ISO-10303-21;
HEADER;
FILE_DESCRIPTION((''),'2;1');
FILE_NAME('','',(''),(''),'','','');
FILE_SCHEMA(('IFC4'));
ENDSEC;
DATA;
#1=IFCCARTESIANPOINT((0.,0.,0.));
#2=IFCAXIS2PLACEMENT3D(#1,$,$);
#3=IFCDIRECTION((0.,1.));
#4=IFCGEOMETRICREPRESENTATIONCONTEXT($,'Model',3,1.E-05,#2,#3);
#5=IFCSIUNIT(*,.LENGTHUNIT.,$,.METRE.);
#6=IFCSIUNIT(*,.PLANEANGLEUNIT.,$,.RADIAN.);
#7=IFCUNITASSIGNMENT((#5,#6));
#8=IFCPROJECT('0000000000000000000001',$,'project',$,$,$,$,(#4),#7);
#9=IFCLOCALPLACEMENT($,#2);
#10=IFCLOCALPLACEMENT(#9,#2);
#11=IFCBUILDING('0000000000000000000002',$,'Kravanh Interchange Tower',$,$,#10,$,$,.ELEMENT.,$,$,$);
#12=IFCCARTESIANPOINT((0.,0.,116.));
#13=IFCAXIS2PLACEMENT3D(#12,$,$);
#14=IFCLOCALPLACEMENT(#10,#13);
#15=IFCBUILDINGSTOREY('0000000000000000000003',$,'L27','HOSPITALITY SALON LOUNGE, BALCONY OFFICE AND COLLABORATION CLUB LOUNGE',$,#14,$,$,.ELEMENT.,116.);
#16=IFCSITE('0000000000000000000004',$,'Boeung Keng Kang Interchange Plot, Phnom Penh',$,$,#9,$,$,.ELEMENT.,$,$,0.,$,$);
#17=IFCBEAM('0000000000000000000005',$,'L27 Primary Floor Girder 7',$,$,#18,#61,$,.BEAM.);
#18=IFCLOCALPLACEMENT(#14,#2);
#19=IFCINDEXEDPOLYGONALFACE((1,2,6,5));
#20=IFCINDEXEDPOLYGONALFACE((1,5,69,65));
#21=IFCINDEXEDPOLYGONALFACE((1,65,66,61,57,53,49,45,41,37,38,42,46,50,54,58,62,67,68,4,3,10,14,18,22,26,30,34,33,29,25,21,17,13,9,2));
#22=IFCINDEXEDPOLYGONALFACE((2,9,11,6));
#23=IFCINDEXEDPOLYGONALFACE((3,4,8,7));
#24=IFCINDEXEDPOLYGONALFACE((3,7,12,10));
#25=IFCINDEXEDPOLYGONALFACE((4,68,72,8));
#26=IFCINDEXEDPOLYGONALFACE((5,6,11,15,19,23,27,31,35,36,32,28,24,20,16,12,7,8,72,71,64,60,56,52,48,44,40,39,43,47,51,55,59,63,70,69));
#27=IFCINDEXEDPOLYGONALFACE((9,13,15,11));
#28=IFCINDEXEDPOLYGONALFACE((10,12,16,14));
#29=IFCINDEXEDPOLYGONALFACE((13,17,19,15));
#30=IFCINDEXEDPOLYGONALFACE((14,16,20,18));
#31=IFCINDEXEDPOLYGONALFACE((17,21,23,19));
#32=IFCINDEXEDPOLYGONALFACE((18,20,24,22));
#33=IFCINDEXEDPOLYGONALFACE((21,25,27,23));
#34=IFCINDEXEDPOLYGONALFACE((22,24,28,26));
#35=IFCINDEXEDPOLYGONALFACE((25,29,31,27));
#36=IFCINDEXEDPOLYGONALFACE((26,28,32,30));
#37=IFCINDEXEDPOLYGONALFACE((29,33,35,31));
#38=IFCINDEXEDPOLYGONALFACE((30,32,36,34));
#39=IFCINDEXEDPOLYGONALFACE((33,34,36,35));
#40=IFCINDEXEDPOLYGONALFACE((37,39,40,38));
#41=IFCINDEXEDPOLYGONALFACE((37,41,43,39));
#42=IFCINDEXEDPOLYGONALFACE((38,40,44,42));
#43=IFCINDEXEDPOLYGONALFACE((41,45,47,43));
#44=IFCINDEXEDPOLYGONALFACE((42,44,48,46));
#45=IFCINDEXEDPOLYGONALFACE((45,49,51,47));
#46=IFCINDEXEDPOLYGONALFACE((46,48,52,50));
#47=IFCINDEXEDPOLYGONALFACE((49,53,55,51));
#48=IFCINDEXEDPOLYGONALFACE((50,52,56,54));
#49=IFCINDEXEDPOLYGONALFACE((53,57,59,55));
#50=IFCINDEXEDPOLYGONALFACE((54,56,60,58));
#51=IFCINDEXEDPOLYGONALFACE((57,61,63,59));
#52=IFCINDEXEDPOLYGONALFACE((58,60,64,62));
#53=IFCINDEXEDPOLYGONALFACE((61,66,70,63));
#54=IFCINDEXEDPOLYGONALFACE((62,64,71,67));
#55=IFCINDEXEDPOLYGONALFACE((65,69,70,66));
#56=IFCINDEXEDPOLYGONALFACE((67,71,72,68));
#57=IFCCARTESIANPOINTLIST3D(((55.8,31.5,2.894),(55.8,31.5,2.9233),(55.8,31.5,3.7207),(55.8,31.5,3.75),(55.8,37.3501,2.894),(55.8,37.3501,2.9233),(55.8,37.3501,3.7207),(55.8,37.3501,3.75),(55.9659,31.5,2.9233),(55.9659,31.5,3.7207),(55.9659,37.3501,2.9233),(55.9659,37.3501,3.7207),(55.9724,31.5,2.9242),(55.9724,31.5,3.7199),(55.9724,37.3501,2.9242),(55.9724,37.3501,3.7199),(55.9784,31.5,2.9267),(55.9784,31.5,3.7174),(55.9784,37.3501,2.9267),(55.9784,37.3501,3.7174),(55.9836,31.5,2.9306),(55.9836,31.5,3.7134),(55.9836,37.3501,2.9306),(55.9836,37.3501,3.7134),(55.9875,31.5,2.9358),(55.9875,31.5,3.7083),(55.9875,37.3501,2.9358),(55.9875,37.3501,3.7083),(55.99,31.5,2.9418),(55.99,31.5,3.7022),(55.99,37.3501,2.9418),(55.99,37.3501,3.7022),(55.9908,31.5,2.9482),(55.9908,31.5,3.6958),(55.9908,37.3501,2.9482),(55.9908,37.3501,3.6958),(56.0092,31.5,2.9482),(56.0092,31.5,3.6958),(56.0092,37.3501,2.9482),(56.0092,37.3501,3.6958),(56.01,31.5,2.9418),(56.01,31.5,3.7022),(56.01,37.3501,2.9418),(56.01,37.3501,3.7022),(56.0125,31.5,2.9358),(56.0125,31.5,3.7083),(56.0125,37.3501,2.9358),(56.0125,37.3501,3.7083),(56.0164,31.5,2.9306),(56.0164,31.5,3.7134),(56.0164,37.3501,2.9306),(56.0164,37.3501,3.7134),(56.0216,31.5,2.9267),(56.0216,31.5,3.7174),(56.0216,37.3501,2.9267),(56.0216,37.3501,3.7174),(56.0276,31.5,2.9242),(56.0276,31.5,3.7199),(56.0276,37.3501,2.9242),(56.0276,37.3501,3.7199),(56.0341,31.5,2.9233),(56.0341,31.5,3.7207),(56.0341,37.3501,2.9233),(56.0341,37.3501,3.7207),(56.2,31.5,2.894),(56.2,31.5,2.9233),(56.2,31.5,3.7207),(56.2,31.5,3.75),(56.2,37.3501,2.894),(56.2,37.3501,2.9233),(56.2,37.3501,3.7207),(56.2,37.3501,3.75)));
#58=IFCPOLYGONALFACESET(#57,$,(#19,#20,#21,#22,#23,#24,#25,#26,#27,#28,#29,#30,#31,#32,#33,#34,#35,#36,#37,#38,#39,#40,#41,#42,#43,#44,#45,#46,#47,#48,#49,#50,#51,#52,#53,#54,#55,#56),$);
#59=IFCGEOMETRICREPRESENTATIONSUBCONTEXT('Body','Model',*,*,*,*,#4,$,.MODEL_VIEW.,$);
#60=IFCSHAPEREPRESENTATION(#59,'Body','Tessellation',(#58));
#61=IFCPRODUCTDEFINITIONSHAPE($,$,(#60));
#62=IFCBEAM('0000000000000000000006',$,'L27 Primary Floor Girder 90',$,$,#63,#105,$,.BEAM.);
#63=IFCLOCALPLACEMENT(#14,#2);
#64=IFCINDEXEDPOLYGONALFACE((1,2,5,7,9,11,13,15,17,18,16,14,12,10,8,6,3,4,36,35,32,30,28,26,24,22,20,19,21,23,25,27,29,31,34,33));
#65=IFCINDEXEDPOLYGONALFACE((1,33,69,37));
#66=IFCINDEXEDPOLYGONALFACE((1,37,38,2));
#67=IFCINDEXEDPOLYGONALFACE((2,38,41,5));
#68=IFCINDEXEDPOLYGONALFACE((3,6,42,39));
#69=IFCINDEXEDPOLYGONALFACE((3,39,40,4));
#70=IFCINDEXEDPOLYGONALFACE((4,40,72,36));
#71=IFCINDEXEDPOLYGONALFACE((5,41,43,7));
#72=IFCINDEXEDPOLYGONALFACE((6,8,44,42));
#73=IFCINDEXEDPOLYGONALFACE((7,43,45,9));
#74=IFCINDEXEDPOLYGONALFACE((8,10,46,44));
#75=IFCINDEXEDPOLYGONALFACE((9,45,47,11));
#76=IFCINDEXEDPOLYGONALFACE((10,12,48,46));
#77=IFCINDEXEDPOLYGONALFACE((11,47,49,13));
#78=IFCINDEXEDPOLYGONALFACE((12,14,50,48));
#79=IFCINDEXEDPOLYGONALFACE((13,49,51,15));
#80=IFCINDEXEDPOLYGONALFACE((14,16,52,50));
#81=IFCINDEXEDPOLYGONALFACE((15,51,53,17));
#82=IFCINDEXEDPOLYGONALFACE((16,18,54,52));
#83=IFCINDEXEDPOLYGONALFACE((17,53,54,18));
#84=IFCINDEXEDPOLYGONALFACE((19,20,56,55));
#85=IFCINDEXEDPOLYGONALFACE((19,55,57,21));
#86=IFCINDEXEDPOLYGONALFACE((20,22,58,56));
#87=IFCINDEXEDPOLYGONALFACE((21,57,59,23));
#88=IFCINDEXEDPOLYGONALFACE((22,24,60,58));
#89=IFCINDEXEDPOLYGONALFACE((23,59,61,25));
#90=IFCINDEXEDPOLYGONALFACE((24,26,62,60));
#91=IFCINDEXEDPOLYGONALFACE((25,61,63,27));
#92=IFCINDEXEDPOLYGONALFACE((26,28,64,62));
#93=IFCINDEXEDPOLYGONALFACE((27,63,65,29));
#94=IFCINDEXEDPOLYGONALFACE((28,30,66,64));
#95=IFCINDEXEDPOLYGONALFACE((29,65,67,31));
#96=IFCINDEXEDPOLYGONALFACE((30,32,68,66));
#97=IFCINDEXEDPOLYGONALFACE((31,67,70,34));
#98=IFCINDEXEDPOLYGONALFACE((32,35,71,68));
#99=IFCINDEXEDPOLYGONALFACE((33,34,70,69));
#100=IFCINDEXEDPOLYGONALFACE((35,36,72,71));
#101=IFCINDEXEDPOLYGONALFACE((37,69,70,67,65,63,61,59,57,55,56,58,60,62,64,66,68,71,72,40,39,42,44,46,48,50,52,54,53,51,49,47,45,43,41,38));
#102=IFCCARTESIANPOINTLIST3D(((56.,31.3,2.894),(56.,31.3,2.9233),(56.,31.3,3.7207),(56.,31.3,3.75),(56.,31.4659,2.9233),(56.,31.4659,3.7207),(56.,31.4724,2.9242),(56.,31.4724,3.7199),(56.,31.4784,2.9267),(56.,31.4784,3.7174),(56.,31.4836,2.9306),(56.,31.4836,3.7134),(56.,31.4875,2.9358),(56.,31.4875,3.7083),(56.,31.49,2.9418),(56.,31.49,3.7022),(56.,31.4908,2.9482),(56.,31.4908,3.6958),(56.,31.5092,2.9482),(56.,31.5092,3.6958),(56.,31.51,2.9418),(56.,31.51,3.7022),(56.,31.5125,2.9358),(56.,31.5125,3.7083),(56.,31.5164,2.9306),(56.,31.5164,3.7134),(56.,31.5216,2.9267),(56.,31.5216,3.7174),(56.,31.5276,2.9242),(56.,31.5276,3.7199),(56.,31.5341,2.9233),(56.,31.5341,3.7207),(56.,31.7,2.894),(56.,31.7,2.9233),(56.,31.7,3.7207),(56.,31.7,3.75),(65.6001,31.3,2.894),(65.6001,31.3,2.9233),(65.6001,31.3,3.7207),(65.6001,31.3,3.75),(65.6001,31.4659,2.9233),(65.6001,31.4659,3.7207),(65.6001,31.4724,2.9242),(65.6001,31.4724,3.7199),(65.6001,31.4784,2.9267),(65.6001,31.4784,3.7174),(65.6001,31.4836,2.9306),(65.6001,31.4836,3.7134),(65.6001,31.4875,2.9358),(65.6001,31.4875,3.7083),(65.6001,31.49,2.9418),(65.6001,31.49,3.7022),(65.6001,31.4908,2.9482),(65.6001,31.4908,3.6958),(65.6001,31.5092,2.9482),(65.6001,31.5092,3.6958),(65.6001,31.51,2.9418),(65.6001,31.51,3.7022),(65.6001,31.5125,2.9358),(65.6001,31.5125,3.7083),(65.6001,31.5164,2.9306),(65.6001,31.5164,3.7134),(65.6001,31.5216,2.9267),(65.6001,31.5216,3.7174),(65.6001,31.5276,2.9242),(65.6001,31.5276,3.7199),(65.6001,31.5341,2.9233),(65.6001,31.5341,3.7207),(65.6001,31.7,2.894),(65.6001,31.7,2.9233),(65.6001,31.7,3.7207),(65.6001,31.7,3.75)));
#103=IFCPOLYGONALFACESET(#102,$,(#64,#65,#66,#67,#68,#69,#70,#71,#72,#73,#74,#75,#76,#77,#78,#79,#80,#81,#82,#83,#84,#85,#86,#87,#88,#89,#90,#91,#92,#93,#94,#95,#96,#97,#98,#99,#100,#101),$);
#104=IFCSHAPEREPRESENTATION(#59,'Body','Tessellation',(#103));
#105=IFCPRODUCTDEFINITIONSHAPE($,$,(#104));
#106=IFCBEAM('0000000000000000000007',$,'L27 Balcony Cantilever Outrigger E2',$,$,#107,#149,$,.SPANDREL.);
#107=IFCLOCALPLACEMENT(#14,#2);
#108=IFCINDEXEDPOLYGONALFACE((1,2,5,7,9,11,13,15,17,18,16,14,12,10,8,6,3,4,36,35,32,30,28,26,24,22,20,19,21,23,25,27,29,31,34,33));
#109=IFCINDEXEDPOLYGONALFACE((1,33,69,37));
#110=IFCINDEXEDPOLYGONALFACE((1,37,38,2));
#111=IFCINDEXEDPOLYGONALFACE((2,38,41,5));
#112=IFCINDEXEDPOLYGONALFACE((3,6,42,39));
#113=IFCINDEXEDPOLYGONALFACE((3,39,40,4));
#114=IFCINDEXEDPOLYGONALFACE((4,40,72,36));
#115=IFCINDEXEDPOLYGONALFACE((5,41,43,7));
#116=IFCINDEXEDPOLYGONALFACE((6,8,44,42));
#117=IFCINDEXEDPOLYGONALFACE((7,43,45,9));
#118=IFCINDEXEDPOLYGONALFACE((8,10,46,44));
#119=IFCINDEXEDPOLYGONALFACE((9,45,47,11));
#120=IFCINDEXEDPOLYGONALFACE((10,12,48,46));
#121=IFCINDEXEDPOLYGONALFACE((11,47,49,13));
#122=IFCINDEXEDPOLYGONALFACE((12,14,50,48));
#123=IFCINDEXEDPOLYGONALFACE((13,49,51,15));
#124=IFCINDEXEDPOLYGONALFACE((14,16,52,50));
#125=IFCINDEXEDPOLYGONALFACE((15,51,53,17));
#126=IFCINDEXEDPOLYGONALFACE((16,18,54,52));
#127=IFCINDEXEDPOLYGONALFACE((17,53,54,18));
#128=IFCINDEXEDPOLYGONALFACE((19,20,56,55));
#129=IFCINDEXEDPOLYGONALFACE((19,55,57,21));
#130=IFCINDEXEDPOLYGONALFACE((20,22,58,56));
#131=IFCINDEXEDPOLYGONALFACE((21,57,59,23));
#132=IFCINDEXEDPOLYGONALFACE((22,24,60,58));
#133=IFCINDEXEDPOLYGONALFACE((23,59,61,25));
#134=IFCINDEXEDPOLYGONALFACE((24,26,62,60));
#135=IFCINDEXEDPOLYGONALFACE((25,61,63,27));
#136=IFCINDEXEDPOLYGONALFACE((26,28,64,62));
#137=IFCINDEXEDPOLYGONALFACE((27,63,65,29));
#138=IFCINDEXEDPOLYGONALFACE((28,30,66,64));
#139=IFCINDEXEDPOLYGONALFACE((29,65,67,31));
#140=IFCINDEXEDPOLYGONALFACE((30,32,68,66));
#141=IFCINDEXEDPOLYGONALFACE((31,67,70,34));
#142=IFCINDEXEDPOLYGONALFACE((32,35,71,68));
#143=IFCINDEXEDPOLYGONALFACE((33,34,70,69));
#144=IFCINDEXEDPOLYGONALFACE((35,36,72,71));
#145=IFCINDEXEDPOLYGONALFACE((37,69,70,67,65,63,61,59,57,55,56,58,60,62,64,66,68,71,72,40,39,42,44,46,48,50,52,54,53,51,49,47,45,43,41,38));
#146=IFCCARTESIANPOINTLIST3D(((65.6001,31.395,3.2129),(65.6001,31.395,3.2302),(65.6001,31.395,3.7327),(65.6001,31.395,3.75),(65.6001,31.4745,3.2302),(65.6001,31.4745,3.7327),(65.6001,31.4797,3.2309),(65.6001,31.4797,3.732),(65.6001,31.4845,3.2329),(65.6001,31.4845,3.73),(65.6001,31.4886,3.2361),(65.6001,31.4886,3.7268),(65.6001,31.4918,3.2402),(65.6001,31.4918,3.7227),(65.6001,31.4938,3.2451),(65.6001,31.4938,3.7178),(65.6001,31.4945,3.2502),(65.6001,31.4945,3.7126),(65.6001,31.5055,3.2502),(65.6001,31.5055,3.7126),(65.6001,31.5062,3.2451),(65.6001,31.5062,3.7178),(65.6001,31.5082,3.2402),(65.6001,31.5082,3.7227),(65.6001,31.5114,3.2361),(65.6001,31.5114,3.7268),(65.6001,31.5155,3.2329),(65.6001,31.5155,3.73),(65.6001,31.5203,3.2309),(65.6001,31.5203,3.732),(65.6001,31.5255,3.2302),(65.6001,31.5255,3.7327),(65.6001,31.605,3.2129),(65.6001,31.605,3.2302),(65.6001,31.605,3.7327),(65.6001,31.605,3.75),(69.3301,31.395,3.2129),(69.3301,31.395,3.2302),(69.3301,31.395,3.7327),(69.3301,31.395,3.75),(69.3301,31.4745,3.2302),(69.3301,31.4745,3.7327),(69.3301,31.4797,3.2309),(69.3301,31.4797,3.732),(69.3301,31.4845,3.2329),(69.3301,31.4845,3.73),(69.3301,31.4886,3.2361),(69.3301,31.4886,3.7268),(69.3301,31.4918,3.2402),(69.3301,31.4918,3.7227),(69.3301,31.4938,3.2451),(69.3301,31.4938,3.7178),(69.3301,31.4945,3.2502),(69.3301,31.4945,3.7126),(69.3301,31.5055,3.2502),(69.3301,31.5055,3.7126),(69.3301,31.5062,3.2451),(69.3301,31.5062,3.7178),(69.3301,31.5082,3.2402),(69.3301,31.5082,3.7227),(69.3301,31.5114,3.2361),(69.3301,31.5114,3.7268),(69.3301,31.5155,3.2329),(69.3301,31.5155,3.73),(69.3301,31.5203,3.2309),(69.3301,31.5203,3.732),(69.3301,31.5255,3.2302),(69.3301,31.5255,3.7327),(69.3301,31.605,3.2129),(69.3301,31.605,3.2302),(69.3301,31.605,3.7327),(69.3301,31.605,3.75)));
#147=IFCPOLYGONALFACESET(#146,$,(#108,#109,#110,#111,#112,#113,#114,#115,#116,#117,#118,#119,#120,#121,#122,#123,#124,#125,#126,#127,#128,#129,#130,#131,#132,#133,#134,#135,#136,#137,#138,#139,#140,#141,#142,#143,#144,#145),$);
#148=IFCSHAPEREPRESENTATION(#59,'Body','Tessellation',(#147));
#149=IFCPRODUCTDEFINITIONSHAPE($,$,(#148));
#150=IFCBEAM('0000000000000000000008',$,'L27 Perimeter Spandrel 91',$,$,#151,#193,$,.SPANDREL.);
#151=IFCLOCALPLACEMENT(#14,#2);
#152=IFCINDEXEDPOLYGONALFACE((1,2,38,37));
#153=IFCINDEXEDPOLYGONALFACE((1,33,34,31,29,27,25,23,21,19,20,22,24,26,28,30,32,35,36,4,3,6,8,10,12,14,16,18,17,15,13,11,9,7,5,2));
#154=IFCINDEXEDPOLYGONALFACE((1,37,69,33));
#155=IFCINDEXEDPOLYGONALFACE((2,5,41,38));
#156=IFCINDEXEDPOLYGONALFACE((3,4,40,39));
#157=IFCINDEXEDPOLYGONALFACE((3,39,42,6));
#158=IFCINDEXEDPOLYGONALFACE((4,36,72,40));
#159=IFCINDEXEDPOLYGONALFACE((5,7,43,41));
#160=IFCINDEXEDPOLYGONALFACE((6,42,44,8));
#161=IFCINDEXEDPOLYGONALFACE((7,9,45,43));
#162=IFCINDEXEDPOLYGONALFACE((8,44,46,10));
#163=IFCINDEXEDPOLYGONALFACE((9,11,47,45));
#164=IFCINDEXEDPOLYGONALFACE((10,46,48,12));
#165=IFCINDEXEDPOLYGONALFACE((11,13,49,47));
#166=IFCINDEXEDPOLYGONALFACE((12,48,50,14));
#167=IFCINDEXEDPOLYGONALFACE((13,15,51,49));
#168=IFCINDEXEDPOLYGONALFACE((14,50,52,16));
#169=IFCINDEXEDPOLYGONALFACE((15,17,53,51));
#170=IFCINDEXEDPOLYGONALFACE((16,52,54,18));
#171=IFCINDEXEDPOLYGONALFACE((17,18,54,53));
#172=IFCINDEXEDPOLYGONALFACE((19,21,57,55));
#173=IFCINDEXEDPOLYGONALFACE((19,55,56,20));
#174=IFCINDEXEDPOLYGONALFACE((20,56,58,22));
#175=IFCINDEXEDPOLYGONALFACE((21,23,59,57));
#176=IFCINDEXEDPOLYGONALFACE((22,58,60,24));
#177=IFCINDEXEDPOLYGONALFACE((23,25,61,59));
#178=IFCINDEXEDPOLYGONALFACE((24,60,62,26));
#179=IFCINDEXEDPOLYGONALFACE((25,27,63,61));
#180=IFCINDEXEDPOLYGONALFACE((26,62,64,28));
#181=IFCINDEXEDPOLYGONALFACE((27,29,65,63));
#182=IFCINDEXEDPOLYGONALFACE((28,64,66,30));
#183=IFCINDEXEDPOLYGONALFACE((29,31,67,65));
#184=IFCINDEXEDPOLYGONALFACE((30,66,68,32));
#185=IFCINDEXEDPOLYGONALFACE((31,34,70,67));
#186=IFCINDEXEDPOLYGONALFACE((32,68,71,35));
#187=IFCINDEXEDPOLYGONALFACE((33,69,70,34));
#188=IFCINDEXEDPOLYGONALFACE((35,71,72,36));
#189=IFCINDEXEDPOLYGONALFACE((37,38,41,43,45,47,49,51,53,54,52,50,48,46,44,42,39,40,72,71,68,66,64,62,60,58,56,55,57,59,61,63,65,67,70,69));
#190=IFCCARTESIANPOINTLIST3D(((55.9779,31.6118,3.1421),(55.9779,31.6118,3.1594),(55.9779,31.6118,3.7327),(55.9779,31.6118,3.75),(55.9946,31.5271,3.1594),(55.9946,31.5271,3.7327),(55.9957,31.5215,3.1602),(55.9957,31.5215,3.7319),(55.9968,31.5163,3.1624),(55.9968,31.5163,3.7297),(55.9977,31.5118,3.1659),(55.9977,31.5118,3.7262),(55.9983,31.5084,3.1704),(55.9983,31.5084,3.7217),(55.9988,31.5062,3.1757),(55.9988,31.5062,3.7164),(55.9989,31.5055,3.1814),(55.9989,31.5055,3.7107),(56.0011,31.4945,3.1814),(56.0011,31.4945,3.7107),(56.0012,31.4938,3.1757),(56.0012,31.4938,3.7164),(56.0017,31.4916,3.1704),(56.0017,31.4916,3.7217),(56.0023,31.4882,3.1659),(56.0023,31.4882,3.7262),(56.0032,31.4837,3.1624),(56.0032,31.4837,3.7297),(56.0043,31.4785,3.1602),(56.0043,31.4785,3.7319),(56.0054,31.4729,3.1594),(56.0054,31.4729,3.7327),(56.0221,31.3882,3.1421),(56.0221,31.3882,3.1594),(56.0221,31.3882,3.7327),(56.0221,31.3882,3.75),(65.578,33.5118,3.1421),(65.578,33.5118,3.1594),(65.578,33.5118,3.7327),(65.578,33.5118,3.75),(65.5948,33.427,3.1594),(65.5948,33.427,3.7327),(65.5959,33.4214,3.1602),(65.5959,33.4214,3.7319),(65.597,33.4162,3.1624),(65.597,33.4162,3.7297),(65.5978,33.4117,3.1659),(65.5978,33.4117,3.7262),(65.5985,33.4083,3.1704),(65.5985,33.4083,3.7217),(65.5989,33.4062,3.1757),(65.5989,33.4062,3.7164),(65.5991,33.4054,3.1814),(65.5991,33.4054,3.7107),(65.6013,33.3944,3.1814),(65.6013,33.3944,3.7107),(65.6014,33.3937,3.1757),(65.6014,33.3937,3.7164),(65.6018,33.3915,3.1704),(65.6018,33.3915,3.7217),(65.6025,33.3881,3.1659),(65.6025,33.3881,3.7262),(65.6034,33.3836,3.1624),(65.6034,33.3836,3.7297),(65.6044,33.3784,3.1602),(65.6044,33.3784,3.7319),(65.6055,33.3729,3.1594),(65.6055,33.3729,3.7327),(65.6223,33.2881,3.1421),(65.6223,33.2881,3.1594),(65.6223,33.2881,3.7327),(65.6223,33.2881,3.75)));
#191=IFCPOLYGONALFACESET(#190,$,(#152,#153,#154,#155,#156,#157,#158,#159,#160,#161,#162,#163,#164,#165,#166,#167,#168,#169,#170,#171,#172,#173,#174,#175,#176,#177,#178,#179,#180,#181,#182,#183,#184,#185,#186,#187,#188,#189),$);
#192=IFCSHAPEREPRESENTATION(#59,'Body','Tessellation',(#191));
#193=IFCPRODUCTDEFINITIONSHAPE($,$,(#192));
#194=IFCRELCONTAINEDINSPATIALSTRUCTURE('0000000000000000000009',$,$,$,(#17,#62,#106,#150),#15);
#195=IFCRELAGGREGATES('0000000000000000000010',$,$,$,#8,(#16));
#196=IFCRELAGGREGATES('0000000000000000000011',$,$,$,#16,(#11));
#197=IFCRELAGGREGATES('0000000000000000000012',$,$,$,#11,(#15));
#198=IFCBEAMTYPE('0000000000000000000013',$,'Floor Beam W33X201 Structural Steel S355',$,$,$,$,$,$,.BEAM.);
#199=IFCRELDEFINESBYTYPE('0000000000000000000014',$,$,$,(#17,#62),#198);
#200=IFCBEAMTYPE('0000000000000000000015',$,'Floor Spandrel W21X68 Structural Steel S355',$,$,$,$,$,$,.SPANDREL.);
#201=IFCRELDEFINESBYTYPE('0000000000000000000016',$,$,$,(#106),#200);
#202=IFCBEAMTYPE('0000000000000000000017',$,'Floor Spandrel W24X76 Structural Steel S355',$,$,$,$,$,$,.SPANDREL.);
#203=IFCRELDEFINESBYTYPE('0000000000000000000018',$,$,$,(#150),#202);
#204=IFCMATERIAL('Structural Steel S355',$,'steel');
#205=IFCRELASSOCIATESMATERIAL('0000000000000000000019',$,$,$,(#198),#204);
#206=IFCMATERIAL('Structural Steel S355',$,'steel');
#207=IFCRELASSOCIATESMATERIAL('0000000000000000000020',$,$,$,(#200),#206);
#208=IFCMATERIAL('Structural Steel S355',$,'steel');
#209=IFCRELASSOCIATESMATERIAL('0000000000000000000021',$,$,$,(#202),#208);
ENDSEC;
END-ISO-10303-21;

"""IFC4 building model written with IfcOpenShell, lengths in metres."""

from ifc_helpers import new_model, si_unit, direction, frame, origin, origin_2d, place, context, subcontext, project, spatial, i_section, extrude, material, material_profile, profile_set, type_object, element, save


model = new_model("IFC4")

# Units and contexts
model_context = context("Model", 3, precision=1e-05, world=origin(), true_north=direction((0.0, 1.0)))
body_context = subcontext(model_context, "Body", "Model", "MODEL_VIEW")
ifc_project = project(units=[si_unit("LENGTHUNIT", "METRE"), si_unit("PLANEANGLEUNIT", "RADIAN")], contexts=[model_context])

# Site, building, storey
site_placement = place(None, origin())
site = spatial("IfcSite", under=ifc_project, at=site_placement, Name="Boeung Keng Kang Interchange Plot, Phnom Penh", CompositionType="ELEMENT", RefElevation=0.0)
building_placement = place(site_placement, origin())
building = spatial("IfcBuilding", under=site, at=building_placement, Name="Kravanh Interchange Tower", CompositionType="ELEMENT")
storey_placement = place(building_placement, frame((0.0, 0.0, 116.0)))
storey = spatial("IfcBuildingStorey", under=building, at=storey_placement, Name="L27", Description="HOSPITALITY SALON LOUNGE, BALCONY OFFICE AND COLLABORATION CLUB LOUNGE", CompositionType="ELEMENT", Elevation=116.0)

# Beams
ifc_material_1 = material(Name="Structural Steel S355", Category="steel")
ifc_material_profile_1 = material_profile(ifc_material_1, i_section(OverallWidth=0.3999, OverallDepth=0.856, WebThickness=0.0183, FlangeThickness=0.0293, FilletRadius=0.0249, at=origin_2d()), Name="W33X201")
ifc_profile_set_1 = profile_set([ifc_material_profile_1], Name="Structural Steel S355")
beam_type_1 = type_object("IfcBeamType", Name="Floor Beam W33X201 Structural Steel S355", PredefinedType="BEAM", material=ifc_profile_set_1)
beam_1_placement = place(storey_placement, frame((56.0, 37.3501, 3.322), z_axis=(0.0, -1.0, 0.0), x_axis=(1.0, 0.0, 0.0)))
element("IfcBeam", 1, at=beam_1_placement, inside=storey, type_object=beam_type_1, Name="L27 Primary Floor Girder 7", PredefinedType="BEAM", context=body_context, shape_type="SweptSolid", body=[
    extrude(i_section(OverallWidth=0.3999, OverallDepth=0.856, WebThickness=0.0183, FlangeThickness=0.0293, FilletRadius=0.0249, at=origin_2d()), origin(), (0.0, 0.0, 1.0), 5.8501),
])
beam_2_placement = place(storey_placement, frame((56.0, 31.5, 3.322), z_axis=(1.0, 0.0, 0.0), x_axis=(0.0, 1.0, 0.0)))
element("IfcBeam", 2, at=beam_2_placement, inside=storey, type_object=beam_type_1, Name="L27 Primary Floor Girder 90", PredefinedType="BEAM", context=body_context, shape_type="SweptSolid", body=[
    extrude(i_section(OverallWidth=0.3999, OverallDepth=0.856, WebThickness=0.0183, FlangeThickness=0.0293, FilletRadius=0.0249, at=origin_2d()), origin(), (0.0, 0.0, 1.0), 9.6001),
])
ifc_material_2 = material(Name="Structural Steel S355", Category="steel")
ifc_material_profile_2 = material_profile(ifc_material_2, i_section(OverallWidth=0.21, OverallDepth=0.5371, WebThickness=0.011, FlangeThickness=0.0173, FilletRadius=0.02, at=origin_2d()), Name="W21X68")
ifc_profile_set_2 = profile_set([ifc_material_profile_2], Name="Structural Steel S355")
beam_type_2 = type_object("IfcBeamType", Name="Floor Spandrel W21X68 Structural Steel S355", PredefinedType="SPANDREL", material=ifc_profile_set_2)
beam_3_placement = place(storey_placement, frame((65.6001, 31.5, 3.4814), z_axis=(1.0, 0.0, 0.0), x_axis=(0.0, 1.0, 0.0)))
element("IfcBeam", 3, at=beam_3_placement, inside=storey, type_object=beam_type_2, Name="L27 Balcony Cantilever Outrigger E2", PredefinedType="SPANDREL", context=body_context, shape_type="SweptSolid", body=[
    extrude(i_section(OverallWidth=0.21, OverallDepth=0.5371, WebThickness=0.011, FlangeThickness=0.0173, FilletRadius=0.02, at=origin_2d()), origin(), (0.0, 0.0, 1.0), 3.73),
])
ifc_material_3 = material(Name="Structural Steel S355", Category="steel")
ifc_material_profile_3 = material_profile(ifc_material_3, i_section(OverallWidth=0.228, OverallDepth=0.6079, WebThickness=0.0112, FlangeThickness=0.0173, FilletRadius=0.022, at=origin_2d()), Name="W24X76")
ifc_profile_set_3 = profile_set([ifc_material_profile_3], Name="Structural Steel S355")
beam_type_3 = type_object("IfcBeamType", Name="Floor Spandrel W24X76 Structural Steel S355", PredefinedType="SPANDREL", material=ifc_profile_set_3)
beam_4_placement = place(storey_placement, frame((56.0, 31.5, 3.446), z_axis=(0.980974, 0.194139, 0.0), x_axis=(-0.194139, 0.980974, 0.0)))
element("IfcBeam", 4, at=beam_4_placement, inside=storey, type_object=beam_type_3, Name="L27 Perimeter Spandrel 91", PredefinedType="SPANDREL", context=body_context, shape_type="SweptSolid", body=[
    extrude(i_section(OverallWidth=0.228, OverallDepth=0.6079, WebThickness=0.0112, FlangeThickness=0.0173, FilletRadius=0.022, at=origin_2d()), origin(), (0.0, 0.0, 1.0), 9.7864),
])

save(model, "model.ifc")
